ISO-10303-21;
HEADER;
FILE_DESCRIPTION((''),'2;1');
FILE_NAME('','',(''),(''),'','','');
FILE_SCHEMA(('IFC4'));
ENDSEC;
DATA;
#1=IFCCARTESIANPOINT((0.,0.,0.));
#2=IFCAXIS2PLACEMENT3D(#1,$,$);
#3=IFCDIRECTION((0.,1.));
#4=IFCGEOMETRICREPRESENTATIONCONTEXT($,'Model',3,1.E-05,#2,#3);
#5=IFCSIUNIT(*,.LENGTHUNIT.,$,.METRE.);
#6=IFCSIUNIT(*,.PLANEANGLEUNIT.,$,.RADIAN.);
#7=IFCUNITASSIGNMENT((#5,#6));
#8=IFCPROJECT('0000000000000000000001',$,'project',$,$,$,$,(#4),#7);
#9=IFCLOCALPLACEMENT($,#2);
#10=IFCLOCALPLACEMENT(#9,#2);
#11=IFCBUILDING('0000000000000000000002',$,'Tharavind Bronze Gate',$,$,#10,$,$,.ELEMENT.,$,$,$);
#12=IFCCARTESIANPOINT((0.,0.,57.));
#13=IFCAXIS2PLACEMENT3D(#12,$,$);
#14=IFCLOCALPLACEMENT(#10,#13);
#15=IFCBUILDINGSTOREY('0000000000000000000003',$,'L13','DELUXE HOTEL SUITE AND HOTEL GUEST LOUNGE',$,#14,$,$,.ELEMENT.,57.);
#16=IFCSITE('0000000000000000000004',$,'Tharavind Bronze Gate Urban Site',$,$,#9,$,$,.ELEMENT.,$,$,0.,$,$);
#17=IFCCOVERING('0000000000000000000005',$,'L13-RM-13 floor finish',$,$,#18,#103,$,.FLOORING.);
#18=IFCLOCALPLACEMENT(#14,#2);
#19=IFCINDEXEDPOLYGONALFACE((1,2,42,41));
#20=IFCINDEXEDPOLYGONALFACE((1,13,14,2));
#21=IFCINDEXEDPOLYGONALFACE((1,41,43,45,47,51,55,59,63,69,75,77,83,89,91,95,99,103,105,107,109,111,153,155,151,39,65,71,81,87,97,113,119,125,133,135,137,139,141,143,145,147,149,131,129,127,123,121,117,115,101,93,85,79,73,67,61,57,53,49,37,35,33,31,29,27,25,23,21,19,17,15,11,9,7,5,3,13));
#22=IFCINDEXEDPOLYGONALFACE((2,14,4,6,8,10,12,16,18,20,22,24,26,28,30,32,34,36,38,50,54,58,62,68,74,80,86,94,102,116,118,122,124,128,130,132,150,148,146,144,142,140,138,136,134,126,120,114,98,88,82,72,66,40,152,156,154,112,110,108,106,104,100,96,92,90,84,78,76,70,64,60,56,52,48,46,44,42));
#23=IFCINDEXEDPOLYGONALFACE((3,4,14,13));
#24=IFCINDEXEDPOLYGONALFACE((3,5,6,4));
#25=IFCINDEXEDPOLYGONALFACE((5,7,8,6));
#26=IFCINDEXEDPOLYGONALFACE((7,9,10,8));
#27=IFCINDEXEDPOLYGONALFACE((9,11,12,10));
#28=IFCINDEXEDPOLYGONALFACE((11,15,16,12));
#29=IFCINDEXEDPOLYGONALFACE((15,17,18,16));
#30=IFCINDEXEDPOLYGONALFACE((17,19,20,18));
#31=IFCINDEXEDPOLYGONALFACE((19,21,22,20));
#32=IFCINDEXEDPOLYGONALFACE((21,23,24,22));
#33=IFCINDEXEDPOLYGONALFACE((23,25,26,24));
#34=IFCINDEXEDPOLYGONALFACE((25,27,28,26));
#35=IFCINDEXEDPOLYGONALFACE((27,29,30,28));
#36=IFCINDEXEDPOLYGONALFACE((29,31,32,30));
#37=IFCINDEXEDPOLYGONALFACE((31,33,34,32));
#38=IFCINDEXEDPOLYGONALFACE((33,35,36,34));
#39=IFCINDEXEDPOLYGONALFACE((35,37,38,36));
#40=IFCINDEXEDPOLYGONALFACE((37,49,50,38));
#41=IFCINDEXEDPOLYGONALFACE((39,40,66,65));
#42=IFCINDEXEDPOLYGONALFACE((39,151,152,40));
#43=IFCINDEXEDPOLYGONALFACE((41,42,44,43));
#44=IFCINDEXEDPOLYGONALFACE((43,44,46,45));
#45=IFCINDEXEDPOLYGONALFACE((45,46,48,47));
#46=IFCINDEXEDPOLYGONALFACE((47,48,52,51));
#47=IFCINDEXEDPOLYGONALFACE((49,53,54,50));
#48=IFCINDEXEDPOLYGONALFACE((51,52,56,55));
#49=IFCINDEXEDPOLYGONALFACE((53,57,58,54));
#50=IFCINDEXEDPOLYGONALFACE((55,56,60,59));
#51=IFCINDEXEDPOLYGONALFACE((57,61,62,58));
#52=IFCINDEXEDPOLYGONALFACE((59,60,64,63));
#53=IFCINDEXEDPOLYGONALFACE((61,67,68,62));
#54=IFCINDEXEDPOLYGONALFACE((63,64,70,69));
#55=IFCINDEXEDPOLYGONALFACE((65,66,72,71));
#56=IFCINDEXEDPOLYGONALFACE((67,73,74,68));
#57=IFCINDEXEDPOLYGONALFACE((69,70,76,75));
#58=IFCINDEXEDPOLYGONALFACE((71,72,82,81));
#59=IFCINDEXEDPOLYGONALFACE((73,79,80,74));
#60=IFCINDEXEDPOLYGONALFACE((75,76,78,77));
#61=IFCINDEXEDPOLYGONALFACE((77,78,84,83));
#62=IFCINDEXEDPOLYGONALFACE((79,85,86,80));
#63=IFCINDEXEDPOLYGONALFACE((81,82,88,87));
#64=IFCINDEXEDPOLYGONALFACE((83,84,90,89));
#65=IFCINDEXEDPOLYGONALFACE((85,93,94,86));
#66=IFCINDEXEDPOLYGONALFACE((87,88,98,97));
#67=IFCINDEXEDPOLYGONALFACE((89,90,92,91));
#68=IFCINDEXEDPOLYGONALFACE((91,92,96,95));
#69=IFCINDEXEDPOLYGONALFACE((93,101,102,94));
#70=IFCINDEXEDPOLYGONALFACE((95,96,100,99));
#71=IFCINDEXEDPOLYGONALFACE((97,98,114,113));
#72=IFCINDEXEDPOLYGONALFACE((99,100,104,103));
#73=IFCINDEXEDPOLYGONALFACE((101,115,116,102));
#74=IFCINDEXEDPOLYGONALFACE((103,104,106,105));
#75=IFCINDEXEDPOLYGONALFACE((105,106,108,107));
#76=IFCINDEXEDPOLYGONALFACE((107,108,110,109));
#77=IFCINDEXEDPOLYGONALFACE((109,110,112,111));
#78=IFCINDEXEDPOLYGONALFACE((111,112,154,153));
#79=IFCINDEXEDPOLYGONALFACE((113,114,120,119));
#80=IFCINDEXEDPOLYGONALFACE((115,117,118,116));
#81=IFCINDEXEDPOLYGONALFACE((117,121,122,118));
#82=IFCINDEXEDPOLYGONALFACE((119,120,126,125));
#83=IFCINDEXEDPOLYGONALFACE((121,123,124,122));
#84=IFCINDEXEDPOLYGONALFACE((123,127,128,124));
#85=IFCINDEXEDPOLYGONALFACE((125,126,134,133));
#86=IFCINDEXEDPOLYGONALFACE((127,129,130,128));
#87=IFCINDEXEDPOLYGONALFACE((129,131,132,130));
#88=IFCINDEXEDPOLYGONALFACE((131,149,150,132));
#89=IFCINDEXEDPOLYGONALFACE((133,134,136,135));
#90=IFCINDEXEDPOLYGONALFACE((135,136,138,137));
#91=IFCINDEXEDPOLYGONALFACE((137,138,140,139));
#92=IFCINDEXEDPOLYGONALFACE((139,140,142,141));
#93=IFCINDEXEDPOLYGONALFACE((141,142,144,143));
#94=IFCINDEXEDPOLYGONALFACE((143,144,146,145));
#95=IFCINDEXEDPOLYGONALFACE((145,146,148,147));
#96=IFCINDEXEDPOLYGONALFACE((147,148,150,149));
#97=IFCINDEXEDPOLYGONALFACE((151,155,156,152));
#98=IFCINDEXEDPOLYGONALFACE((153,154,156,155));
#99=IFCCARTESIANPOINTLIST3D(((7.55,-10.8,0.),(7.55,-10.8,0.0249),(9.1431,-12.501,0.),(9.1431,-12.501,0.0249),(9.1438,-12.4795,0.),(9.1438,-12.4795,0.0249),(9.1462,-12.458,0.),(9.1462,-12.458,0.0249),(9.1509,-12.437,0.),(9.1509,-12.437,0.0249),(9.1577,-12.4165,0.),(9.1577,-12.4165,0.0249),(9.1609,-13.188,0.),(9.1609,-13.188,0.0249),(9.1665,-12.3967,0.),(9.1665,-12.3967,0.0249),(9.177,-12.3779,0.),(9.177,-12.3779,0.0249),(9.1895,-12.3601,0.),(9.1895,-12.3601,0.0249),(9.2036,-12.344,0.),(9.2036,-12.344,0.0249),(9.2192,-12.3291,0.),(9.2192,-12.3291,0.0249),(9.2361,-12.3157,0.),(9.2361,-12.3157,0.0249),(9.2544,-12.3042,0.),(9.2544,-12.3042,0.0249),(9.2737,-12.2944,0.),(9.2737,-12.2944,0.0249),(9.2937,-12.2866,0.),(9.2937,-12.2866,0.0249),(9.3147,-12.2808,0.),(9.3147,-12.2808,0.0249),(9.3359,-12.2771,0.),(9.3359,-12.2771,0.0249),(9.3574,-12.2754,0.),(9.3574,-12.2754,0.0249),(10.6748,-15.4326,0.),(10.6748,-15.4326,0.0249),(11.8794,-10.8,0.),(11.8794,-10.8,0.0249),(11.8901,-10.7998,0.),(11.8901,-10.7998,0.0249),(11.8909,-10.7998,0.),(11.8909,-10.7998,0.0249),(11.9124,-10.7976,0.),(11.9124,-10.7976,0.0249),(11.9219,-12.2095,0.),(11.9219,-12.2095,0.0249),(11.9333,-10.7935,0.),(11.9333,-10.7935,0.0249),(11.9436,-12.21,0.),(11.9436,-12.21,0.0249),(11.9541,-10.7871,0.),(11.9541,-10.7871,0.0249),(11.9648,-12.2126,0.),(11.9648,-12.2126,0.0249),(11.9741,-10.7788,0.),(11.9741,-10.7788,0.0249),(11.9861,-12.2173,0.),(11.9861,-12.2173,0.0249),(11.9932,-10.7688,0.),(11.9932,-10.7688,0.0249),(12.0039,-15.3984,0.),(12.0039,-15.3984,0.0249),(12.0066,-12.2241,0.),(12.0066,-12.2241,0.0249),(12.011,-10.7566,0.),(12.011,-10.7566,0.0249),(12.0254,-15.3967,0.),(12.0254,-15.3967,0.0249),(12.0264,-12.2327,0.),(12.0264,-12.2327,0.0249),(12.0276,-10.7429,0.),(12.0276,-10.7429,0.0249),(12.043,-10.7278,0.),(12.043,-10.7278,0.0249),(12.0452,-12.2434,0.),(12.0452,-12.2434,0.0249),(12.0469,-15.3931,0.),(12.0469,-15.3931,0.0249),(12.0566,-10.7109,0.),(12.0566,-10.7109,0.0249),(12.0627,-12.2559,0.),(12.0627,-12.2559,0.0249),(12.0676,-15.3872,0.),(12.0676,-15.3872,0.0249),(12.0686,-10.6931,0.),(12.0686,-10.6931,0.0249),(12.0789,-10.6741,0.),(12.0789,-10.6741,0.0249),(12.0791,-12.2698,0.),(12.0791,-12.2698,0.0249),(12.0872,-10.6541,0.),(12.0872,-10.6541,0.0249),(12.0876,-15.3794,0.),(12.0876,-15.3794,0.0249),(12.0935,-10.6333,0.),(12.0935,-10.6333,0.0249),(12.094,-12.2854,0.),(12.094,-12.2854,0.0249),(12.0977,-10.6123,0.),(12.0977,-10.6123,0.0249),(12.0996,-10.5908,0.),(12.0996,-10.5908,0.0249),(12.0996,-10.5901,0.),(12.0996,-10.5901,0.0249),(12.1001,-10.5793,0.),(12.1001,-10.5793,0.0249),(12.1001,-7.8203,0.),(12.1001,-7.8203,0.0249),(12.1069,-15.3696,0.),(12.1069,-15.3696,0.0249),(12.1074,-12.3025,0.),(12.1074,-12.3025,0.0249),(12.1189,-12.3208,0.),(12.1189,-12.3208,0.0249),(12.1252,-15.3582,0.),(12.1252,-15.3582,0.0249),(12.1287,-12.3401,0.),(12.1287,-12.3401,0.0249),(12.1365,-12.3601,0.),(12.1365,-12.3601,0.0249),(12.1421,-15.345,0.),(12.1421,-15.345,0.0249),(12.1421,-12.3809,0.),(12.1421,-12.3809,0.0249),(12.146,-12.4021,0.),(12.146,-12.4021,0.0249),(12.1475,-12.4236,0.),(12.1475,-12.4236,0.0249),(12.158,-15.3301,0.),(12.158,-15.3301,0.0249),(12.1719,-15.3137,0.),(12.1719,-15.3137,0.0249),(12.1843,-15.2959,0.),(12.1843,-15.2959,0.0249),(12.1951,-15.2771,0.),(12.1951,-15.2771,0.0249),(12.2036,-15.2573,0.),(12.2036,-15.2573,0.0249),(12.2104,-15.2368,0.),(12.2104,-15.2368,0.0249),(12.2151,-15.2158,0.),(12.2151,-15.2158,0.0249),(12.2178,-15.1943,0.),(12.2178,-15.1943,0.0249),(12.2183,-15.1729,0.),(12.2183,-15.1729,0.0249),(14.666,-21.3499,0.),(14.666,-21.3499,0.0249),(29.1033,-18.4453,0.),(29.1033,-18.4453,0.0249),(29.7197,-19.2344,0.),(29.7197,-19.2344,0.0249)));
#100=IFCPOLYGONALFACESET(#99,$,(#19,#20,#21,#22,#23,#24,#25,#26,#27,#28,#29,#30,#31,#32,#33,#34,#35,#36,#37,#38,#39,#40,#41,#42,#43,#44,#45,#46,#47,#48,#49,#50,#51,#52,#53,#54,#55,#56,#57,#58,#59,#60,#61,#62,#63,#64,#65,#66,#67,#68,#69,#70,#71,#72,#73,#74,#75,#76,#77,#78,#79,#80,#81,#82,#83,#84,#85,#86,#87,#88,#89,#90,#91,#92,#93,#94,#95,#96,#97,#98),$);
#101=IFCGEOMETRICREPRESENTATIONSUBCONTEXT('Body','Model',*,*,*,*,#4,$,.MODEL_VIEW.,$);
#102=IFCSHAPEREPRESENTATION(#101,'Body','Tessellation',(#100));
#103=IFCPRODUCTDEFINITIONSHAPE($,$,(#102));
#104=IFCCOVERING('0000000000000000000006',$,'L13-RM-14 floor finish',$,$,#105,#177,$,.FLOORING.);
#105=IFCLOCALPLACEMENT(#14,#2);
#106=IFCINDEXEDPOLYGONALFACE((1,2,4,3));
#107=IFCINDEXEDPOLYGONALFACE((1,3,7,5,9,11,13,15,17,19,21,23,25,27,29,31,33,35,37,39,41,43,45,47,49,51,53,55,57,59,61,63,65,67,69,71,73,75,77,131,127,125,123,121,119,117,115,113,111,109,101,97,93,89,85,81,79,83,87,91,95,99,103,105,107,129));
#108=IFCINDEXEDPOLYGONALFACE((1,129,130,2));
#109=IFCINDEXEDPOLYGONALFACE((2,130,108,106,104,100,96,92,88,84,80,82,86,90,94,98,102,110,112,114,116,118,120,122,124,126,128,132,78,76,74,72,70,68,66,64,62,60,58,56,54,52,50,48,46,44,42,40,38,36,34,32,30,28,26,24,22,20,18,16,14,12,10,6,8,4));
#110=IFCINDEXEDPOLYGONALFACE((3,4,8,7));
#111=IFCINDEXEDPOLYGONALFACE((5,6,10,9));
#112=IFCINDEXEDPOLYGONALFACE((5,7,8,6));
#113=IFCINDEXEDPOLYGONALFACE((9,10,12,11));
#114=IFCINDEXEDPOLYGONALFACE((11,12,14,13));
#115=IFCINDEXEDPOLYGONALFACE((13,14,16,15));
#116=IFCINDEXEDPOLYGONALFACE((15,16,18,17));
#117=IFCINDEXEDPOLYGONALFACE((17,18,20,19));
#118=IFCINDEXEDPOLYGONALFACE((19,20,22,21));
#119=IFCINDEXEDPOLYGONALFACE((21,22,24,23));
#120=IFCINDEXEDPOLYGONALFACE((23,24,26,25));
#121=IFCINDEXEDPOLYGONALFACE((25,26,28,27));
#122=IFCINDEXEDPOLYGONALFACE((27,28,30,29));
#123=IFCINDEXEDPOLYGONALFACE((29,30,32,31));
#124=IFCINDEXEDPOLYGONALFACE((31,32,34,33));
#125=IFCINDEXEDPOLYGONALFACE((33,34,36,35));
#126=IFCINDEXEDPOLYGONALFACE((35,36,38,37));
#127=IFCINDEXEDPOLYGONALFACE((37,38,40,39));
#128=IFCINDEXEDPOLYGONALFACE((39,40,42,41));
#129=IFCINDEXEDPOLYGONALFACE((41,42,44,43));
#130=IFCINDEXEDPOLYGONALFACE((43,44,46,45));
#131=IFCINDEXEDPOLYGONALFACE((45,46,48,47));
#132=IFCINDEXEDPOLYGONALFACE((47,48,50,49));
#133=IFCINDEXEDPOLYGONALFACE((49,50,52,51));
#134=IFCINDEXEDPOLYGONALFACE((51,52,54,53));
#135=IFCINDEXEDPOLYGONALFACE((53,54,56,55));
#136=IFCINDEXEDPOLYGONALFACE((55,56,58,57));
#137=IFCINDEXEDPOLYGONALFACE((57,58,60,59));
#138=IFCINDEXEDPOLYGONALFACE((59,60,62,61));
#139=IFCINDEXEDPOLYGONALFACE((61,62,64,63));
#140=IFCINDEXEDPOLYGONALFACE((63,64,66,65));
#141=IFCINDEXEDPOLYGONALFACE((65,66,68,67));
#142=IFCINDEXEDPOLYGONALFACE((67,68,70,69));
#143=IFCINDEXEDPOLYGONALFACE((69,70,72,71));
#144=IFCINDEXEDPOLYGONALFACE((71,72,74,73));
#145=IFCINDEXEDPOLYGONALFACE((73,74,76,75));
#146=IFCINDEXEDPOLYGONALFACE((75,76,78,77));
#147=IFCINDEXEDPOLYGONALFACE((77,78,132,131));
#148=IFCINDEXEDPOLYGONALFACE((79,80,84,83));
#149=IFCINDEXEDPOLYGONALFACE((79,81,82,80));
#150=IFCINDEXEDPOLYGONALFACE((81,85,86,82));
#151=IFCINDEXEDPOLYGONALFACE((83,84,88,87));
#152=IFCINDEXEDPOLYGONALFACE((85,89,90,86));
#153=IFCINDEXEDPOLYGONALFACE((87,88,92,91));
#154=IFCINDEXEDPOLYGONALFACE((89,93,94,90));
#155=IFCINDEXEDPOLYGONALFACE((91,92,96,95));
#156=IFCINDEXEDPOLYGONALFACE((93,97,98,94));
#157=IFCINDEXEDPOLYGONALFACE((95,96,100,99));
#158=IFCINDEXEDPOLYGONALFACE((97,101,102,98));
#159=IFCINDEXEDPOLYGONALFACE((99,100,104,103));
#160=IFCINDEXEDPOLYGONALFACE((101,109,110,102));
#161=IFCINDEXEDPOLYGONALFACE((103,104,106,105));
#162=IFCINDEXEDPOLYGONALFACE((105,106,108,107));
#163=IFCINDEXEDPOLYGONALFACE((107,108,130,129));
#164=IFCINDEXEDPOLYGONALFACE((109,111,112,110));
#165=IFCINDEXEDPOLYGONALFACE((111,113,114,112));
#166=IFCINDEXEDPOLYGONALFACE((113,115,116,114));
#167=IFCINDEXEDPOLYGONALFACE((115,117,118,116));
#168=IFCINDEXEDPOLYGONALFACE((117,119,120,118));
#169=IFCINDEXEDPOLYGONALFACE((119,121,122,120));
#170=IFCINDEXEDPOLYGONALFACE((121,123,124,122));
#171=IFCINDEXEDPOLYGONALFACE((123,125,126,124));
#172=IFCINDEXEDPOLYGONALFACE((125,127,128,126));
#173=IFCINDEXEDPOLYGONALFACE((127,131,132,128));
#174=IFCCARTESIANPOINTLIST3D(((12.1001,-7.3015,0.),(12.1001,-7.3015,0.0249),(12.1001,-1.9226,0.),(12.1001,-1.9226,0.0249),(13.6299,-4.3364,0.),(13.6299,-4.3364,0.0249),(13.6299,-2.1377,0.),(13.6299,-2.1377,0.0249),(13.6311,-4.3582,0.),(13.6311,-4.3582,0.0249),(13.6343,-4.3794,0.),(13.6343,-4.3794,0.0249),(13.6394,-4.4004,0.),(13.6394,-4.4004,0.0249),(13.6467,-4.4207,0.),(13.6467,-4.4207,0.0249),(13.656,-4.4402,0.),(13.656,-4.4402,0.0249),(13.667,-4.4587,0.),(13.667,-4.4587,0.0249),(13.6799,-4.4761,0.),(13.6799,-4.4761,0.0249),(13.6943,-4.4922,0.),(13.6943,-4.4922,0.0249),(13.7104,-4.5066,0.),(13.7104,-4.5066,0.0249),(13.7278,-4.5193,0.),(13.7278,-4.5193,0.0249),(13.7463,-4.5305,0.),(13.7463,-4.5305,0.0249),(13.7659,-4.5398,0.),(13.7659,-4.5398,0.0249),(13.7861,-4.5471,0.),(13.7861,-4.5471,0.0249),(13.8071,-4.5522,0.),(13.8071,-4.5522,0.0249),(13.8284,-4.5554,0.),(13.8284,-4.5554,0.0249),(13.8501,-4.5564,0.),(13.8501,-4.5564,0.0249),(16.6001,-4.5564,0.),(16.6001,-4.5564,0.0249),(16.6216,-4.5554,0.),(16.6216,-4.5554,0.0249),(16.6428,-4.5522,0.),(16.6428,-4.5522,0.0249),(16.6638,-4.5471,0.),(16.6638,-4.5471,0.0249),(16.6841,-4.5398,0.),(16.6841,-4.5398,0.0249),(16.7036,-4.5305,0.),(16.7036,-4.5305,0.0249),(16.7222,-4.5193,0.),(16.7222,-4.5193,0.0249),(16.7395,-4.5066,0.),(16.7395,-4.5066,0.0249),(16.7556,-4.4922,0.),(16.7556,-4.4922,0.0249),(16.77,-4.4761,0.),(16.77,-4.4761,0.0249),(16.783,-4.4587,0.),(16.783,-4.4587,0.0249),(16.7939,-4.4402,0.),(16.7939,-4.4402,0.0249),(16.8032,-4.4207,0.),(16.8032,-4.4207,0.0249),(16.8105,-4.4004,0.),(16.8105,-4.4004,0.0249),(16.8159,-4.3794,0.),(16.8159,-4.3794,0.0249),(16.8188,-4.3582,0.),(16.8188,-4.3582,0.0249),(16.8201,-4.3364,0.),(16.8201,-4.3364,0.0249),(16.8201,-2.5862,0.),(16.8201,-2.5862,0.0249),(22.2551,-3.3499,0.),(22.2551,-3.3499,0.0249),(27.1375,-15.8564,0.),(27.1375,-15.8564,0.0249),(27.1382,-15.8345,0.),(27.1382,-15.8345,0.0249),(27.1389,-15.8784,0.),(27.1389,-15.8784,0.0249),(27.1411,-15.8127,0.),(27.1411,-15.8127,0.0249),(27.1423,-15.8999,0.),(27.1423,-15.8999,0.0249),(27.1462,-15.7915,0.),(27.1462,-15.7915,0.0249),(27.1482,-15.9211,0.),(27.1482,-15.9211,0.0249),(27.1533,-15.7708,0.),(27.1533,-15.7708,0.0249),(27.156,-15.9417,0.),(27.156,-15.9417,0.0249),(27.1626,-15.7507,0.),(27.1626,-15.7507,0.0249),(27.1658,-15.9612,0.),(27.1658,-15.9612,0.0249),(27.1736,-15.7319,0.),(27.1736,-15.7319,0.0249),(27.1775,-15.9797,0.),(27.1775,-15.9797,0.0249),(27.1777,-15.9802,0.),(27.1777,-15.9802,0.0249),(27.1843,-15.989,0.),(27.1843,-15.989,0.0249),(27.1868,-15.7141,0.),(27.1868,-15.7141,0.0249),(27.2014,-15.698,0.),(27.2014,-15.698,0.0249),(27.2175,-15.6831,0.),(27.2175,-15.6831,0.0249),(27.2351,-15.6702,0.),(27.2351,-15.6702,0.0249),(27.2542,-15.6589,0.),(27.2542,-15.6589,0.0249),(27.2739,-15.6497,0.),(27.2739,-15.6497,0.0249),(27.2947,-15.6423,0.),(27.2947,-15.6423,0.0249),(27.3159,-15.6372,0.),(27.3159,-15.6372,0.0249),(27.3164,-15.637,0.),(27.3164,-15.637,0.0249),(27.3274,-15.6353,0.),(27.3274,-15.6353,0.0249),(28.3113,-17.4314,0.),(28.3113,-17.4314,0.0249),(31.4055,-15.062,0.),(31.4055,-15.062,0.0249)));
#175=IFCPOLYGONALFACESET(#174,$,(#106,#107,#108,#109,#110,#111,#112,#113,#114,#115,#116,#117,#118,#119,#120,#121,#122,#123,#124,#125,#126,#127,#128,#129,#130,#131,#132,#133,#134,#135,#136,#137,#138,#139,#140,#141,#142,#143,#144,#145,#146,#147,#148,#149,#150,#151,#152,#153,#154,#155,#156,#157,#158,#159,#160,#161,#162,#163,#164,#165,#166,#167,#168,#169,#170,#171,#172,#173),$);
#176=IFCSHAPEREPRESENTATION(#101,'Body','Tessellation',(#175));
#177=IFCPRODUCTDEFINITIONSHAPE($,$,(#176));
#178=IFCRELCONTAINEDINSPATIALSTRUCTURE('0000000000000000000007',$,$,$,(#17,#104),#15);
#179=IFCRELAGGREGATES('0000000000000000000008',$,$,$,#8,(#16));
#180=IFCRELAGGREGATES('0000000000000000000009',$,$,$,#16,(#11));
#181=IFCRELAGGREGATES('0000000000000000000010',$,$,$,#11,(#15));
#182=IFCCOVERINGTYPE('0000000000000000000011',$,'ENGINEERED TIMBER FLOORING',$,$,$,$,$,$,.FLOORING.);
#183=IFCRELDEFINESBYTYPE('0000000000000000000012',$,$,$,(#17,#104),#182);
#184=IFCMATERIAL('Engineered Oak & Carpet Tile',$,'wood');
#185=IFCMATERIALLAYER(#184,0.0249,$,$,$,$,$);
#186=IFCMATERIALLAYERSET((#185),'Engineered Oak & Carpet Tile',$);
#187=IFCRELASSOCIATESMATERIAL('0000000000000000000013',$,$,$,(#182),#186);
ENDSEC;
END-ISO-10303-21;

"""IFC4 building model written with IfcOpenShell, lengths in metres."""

from ifc_helpers import new_model, si_unit, direction, frame, origin, place, context, subcontext, project, spatial, polyline, outline, extrude, material, layer, layer_set, type_object, element, save


model = new_model("IFC4")

# Units and contexts
model_context = context("Model", 3, precision=1e-05, world=origin(), true_north=direction((0.0, 1.0)))
body_context = subcontext(model_context, "Body", "Model", "MODEL_VIEW")
ifc_project = project(units=[si_unit("LENGTHUNIT", "METRE"), si_unit("PLANEANGLEUNIT", "RADIAN")], contexts=[model_context])

# Site, building, storey
site_placement = place(None, origin())
site = spatial("IfcSite", under=ifc_project, at=site_placement, Name="Tharavind Bronze Gate Urban Site", CompositionType="ELEMENT", RefElevation=0.0)
building_placement = place(site_placement, origin())
building = spatial("IfcBuilding", under=site, at=building_placement, Name="Tharavind Bronze Gate", CompositionType="ELEMENT")
storey_placement = place(building_placement, frame((0.0, 0.0, 57.0)))
storey = spatial("IfcBuildingStorey", under=building, at=storey_placement, Name="L13", Description="DELUXE HOTEL SUITE AND HOTEL GUEST LOUNGE", CompositionType="ELEMENT", Elevation=57.0)

# Coverings
ifc_material_1 = material(Name="Engineered Oak & Carpet Tile", Category="wood")
ifc_layer_1 = layer(ifc_material_1, 0.0249)
ifc_layer_set_1 = layer_set([ifc_layer_1], Name="Engineered Oak & Carpet Tile")
covering_type_1 = type_object("IfcCoveringType", Name="ENGINEERED TIMBER FLOORING", PredefinedType="FLOORING", material=ifc_layer_set_1)
covering_1_placement = place(storey_placement, origin())
element("IfcCovering", 1, at=covering_1_placement, inside=storey, type_object=covering_type_1, Name="L13-RM-13 floor finish", PredefinedType="FLOORING", context=body_context, shape_type="SweptSolid", body=[
    extrude(outline(polyline([(9.1609, -13.188), (9.1431, -12.501), (9.1438, -12.4795), (9.1462, -12.458), (9.1509, -12.437), (9.1577, -12.4165), (9.1665, -12.3967), (9.177, -12.3779), (9.1895, -12.3601), (9.2036, -12.344), (9.2192, -12.3291), (9.2361, -12.3157), (9.2544, -12.3042), (9.2737, -12.2944), (9.2937, -12.2866), (9.3147, -12.2808), (9.3359, -12.2771), (9.3574, -12.2754), (11.9219, -12.2095), (11.9436, -12.21), (11.9648, -12.2126), (11.9861, -12.2173), (12.0066, -12.2241), (12.0264, -12.2327), (12.0452, -12.2434), (12.0627, -12.2559), (12.0791, -12.2698), (12.094, -12.2854), (12.1074, -12.3025), (12.1189, -12.3208), (12.1287, -12.3401), (12.1365, -12.3601), (12.1421, -12.3809), (12.146, -12.4021), (12.1475, -12.4236), (12.2183, -15.1729), (12.2178, -15.1943), (12.2151, -15.2158), (12.2104, -15.2368), (12.2036, -15.2573), (12.1951, -15.2771), (12.1843, -15.2959), (12.1719, -15.3137), (12.158, -15.3301), (12.1421, -15.345), (12.1252, -15.3582), (12.1069, -15.3696), (12.0876, -15.3794), (12.0676, -15.3872), (12.0469, -15.3931), (12.0254, -15.3967), (12.0039, -15.3984), (10.6748, -15.4326), (14.666, -21.3499), (29.7197, -19.2344), (29.1033, -18.4453), (12.1001, -7.8203), (12.1001, -10.5793), (12.0996, -10.5901), (12.0996, -10.5908), (12.0977, -10.6123), (12.0935, -10.6333), (12.0872, -10.6541), (12.0789, -10.6741), (12.0686, -10.6931), (12.0566, -10.7109), (12.043, -10.7278), (12.0276, -10.7429), (12.011, -10.7566), (11.9932, -10.7688), (11.9741, -10.7788), (11.9541, -10.7871), (11.9333, -10.7935), (11.9124, -10.7976), (11.8909, -10.7998), (11.8901, -10.7998), (11.8794, -10.8), (7.55, -10.8), (9.1609, -13.188)])), origin(), (0.0, 0.0, 1.0), 0.0249),
])
covering_2_placement = place(storey_placement, origin())
element("IfcCovering", 2, at=covering_2_placement, inside=storey, type_object=covering_type_1, Name="L13-RM-14 floor finish", PredefinedType="FLOORING", context=body_context, shape_type="SweptSolid", body=[
    extrude(outline(polyline([(12.1001, -7.3015), (28.3113, -17.4314), (27.1843, -15.989), (27.1777, -15.9802), (27.1775, -15.9797), (27.1658, -15.9612), (27.156, -15.9417), (27.1482, -15.9211), (27.1423, -15.8999), (27.1389, -15.8784), (27.1375, -15.8564), (27.1382, -15.8345), (27.1411, -15.8127), (27.1462, -15.7915), (27.1533, -15.7708), (27.1626, -15.7507), (27.1736, -15.7319), (27.1868, -15.7141), (27.2014, -15.698), (27.2175, -15.6831), (27.2351, -15.6702), (27.2542, -15.6589), (27.2739, -15.6497), (27.2947, -15.6423), (27.3159, -15.6372), (27.3164, -15.637), (27.3274, -15.6353), (31.4055, -15.062), (22.2551, -3.3499), (16.8201, -2.5862), (16.8201, -4.3364), (16.8188, -4.3582), (16.8159, -4.3794), (16.8105, -4.4004), (16.8032, -4.4207), (16.7939, -4.4402), (16.783, -4.4587), (16.77, -4.4761), (16.7556, -4.4922), (16.7395, -4.5066), (16.7222, -4.5193), (16.7036, -4.5305), (16.6841, -4.5398), (16.6638, -4.5471), (16.6428, -4.5522), (16.6216, -4.5554), (16.6001, -4.5564), (13.8501, -4.5564), (13.8284, -4.5554), (13.8071, -4.5522), (13.7861, -4.5471), (13.7659, -4.5398), (13.7463, -4.5305), (13.7278, -4.5193), (13.7104, -4.5066), (13.6943, -4.4922), (13.6799, -4.4761), (13.667, -4.4587), (13.656, -4.4402), (13.6467, -4.4207), (13.6394, -4.4004), (13.6343, -4.3794), (13.6311, -4.3582), (13.6299, -4.3364), (13.6299, -2.1377), (12.1001, -1.9226), (12.1001, -7.3015)])), origin(), (0.0, 0.0, 1.0), 0.0249),
])

save(model, "model.ifc")
